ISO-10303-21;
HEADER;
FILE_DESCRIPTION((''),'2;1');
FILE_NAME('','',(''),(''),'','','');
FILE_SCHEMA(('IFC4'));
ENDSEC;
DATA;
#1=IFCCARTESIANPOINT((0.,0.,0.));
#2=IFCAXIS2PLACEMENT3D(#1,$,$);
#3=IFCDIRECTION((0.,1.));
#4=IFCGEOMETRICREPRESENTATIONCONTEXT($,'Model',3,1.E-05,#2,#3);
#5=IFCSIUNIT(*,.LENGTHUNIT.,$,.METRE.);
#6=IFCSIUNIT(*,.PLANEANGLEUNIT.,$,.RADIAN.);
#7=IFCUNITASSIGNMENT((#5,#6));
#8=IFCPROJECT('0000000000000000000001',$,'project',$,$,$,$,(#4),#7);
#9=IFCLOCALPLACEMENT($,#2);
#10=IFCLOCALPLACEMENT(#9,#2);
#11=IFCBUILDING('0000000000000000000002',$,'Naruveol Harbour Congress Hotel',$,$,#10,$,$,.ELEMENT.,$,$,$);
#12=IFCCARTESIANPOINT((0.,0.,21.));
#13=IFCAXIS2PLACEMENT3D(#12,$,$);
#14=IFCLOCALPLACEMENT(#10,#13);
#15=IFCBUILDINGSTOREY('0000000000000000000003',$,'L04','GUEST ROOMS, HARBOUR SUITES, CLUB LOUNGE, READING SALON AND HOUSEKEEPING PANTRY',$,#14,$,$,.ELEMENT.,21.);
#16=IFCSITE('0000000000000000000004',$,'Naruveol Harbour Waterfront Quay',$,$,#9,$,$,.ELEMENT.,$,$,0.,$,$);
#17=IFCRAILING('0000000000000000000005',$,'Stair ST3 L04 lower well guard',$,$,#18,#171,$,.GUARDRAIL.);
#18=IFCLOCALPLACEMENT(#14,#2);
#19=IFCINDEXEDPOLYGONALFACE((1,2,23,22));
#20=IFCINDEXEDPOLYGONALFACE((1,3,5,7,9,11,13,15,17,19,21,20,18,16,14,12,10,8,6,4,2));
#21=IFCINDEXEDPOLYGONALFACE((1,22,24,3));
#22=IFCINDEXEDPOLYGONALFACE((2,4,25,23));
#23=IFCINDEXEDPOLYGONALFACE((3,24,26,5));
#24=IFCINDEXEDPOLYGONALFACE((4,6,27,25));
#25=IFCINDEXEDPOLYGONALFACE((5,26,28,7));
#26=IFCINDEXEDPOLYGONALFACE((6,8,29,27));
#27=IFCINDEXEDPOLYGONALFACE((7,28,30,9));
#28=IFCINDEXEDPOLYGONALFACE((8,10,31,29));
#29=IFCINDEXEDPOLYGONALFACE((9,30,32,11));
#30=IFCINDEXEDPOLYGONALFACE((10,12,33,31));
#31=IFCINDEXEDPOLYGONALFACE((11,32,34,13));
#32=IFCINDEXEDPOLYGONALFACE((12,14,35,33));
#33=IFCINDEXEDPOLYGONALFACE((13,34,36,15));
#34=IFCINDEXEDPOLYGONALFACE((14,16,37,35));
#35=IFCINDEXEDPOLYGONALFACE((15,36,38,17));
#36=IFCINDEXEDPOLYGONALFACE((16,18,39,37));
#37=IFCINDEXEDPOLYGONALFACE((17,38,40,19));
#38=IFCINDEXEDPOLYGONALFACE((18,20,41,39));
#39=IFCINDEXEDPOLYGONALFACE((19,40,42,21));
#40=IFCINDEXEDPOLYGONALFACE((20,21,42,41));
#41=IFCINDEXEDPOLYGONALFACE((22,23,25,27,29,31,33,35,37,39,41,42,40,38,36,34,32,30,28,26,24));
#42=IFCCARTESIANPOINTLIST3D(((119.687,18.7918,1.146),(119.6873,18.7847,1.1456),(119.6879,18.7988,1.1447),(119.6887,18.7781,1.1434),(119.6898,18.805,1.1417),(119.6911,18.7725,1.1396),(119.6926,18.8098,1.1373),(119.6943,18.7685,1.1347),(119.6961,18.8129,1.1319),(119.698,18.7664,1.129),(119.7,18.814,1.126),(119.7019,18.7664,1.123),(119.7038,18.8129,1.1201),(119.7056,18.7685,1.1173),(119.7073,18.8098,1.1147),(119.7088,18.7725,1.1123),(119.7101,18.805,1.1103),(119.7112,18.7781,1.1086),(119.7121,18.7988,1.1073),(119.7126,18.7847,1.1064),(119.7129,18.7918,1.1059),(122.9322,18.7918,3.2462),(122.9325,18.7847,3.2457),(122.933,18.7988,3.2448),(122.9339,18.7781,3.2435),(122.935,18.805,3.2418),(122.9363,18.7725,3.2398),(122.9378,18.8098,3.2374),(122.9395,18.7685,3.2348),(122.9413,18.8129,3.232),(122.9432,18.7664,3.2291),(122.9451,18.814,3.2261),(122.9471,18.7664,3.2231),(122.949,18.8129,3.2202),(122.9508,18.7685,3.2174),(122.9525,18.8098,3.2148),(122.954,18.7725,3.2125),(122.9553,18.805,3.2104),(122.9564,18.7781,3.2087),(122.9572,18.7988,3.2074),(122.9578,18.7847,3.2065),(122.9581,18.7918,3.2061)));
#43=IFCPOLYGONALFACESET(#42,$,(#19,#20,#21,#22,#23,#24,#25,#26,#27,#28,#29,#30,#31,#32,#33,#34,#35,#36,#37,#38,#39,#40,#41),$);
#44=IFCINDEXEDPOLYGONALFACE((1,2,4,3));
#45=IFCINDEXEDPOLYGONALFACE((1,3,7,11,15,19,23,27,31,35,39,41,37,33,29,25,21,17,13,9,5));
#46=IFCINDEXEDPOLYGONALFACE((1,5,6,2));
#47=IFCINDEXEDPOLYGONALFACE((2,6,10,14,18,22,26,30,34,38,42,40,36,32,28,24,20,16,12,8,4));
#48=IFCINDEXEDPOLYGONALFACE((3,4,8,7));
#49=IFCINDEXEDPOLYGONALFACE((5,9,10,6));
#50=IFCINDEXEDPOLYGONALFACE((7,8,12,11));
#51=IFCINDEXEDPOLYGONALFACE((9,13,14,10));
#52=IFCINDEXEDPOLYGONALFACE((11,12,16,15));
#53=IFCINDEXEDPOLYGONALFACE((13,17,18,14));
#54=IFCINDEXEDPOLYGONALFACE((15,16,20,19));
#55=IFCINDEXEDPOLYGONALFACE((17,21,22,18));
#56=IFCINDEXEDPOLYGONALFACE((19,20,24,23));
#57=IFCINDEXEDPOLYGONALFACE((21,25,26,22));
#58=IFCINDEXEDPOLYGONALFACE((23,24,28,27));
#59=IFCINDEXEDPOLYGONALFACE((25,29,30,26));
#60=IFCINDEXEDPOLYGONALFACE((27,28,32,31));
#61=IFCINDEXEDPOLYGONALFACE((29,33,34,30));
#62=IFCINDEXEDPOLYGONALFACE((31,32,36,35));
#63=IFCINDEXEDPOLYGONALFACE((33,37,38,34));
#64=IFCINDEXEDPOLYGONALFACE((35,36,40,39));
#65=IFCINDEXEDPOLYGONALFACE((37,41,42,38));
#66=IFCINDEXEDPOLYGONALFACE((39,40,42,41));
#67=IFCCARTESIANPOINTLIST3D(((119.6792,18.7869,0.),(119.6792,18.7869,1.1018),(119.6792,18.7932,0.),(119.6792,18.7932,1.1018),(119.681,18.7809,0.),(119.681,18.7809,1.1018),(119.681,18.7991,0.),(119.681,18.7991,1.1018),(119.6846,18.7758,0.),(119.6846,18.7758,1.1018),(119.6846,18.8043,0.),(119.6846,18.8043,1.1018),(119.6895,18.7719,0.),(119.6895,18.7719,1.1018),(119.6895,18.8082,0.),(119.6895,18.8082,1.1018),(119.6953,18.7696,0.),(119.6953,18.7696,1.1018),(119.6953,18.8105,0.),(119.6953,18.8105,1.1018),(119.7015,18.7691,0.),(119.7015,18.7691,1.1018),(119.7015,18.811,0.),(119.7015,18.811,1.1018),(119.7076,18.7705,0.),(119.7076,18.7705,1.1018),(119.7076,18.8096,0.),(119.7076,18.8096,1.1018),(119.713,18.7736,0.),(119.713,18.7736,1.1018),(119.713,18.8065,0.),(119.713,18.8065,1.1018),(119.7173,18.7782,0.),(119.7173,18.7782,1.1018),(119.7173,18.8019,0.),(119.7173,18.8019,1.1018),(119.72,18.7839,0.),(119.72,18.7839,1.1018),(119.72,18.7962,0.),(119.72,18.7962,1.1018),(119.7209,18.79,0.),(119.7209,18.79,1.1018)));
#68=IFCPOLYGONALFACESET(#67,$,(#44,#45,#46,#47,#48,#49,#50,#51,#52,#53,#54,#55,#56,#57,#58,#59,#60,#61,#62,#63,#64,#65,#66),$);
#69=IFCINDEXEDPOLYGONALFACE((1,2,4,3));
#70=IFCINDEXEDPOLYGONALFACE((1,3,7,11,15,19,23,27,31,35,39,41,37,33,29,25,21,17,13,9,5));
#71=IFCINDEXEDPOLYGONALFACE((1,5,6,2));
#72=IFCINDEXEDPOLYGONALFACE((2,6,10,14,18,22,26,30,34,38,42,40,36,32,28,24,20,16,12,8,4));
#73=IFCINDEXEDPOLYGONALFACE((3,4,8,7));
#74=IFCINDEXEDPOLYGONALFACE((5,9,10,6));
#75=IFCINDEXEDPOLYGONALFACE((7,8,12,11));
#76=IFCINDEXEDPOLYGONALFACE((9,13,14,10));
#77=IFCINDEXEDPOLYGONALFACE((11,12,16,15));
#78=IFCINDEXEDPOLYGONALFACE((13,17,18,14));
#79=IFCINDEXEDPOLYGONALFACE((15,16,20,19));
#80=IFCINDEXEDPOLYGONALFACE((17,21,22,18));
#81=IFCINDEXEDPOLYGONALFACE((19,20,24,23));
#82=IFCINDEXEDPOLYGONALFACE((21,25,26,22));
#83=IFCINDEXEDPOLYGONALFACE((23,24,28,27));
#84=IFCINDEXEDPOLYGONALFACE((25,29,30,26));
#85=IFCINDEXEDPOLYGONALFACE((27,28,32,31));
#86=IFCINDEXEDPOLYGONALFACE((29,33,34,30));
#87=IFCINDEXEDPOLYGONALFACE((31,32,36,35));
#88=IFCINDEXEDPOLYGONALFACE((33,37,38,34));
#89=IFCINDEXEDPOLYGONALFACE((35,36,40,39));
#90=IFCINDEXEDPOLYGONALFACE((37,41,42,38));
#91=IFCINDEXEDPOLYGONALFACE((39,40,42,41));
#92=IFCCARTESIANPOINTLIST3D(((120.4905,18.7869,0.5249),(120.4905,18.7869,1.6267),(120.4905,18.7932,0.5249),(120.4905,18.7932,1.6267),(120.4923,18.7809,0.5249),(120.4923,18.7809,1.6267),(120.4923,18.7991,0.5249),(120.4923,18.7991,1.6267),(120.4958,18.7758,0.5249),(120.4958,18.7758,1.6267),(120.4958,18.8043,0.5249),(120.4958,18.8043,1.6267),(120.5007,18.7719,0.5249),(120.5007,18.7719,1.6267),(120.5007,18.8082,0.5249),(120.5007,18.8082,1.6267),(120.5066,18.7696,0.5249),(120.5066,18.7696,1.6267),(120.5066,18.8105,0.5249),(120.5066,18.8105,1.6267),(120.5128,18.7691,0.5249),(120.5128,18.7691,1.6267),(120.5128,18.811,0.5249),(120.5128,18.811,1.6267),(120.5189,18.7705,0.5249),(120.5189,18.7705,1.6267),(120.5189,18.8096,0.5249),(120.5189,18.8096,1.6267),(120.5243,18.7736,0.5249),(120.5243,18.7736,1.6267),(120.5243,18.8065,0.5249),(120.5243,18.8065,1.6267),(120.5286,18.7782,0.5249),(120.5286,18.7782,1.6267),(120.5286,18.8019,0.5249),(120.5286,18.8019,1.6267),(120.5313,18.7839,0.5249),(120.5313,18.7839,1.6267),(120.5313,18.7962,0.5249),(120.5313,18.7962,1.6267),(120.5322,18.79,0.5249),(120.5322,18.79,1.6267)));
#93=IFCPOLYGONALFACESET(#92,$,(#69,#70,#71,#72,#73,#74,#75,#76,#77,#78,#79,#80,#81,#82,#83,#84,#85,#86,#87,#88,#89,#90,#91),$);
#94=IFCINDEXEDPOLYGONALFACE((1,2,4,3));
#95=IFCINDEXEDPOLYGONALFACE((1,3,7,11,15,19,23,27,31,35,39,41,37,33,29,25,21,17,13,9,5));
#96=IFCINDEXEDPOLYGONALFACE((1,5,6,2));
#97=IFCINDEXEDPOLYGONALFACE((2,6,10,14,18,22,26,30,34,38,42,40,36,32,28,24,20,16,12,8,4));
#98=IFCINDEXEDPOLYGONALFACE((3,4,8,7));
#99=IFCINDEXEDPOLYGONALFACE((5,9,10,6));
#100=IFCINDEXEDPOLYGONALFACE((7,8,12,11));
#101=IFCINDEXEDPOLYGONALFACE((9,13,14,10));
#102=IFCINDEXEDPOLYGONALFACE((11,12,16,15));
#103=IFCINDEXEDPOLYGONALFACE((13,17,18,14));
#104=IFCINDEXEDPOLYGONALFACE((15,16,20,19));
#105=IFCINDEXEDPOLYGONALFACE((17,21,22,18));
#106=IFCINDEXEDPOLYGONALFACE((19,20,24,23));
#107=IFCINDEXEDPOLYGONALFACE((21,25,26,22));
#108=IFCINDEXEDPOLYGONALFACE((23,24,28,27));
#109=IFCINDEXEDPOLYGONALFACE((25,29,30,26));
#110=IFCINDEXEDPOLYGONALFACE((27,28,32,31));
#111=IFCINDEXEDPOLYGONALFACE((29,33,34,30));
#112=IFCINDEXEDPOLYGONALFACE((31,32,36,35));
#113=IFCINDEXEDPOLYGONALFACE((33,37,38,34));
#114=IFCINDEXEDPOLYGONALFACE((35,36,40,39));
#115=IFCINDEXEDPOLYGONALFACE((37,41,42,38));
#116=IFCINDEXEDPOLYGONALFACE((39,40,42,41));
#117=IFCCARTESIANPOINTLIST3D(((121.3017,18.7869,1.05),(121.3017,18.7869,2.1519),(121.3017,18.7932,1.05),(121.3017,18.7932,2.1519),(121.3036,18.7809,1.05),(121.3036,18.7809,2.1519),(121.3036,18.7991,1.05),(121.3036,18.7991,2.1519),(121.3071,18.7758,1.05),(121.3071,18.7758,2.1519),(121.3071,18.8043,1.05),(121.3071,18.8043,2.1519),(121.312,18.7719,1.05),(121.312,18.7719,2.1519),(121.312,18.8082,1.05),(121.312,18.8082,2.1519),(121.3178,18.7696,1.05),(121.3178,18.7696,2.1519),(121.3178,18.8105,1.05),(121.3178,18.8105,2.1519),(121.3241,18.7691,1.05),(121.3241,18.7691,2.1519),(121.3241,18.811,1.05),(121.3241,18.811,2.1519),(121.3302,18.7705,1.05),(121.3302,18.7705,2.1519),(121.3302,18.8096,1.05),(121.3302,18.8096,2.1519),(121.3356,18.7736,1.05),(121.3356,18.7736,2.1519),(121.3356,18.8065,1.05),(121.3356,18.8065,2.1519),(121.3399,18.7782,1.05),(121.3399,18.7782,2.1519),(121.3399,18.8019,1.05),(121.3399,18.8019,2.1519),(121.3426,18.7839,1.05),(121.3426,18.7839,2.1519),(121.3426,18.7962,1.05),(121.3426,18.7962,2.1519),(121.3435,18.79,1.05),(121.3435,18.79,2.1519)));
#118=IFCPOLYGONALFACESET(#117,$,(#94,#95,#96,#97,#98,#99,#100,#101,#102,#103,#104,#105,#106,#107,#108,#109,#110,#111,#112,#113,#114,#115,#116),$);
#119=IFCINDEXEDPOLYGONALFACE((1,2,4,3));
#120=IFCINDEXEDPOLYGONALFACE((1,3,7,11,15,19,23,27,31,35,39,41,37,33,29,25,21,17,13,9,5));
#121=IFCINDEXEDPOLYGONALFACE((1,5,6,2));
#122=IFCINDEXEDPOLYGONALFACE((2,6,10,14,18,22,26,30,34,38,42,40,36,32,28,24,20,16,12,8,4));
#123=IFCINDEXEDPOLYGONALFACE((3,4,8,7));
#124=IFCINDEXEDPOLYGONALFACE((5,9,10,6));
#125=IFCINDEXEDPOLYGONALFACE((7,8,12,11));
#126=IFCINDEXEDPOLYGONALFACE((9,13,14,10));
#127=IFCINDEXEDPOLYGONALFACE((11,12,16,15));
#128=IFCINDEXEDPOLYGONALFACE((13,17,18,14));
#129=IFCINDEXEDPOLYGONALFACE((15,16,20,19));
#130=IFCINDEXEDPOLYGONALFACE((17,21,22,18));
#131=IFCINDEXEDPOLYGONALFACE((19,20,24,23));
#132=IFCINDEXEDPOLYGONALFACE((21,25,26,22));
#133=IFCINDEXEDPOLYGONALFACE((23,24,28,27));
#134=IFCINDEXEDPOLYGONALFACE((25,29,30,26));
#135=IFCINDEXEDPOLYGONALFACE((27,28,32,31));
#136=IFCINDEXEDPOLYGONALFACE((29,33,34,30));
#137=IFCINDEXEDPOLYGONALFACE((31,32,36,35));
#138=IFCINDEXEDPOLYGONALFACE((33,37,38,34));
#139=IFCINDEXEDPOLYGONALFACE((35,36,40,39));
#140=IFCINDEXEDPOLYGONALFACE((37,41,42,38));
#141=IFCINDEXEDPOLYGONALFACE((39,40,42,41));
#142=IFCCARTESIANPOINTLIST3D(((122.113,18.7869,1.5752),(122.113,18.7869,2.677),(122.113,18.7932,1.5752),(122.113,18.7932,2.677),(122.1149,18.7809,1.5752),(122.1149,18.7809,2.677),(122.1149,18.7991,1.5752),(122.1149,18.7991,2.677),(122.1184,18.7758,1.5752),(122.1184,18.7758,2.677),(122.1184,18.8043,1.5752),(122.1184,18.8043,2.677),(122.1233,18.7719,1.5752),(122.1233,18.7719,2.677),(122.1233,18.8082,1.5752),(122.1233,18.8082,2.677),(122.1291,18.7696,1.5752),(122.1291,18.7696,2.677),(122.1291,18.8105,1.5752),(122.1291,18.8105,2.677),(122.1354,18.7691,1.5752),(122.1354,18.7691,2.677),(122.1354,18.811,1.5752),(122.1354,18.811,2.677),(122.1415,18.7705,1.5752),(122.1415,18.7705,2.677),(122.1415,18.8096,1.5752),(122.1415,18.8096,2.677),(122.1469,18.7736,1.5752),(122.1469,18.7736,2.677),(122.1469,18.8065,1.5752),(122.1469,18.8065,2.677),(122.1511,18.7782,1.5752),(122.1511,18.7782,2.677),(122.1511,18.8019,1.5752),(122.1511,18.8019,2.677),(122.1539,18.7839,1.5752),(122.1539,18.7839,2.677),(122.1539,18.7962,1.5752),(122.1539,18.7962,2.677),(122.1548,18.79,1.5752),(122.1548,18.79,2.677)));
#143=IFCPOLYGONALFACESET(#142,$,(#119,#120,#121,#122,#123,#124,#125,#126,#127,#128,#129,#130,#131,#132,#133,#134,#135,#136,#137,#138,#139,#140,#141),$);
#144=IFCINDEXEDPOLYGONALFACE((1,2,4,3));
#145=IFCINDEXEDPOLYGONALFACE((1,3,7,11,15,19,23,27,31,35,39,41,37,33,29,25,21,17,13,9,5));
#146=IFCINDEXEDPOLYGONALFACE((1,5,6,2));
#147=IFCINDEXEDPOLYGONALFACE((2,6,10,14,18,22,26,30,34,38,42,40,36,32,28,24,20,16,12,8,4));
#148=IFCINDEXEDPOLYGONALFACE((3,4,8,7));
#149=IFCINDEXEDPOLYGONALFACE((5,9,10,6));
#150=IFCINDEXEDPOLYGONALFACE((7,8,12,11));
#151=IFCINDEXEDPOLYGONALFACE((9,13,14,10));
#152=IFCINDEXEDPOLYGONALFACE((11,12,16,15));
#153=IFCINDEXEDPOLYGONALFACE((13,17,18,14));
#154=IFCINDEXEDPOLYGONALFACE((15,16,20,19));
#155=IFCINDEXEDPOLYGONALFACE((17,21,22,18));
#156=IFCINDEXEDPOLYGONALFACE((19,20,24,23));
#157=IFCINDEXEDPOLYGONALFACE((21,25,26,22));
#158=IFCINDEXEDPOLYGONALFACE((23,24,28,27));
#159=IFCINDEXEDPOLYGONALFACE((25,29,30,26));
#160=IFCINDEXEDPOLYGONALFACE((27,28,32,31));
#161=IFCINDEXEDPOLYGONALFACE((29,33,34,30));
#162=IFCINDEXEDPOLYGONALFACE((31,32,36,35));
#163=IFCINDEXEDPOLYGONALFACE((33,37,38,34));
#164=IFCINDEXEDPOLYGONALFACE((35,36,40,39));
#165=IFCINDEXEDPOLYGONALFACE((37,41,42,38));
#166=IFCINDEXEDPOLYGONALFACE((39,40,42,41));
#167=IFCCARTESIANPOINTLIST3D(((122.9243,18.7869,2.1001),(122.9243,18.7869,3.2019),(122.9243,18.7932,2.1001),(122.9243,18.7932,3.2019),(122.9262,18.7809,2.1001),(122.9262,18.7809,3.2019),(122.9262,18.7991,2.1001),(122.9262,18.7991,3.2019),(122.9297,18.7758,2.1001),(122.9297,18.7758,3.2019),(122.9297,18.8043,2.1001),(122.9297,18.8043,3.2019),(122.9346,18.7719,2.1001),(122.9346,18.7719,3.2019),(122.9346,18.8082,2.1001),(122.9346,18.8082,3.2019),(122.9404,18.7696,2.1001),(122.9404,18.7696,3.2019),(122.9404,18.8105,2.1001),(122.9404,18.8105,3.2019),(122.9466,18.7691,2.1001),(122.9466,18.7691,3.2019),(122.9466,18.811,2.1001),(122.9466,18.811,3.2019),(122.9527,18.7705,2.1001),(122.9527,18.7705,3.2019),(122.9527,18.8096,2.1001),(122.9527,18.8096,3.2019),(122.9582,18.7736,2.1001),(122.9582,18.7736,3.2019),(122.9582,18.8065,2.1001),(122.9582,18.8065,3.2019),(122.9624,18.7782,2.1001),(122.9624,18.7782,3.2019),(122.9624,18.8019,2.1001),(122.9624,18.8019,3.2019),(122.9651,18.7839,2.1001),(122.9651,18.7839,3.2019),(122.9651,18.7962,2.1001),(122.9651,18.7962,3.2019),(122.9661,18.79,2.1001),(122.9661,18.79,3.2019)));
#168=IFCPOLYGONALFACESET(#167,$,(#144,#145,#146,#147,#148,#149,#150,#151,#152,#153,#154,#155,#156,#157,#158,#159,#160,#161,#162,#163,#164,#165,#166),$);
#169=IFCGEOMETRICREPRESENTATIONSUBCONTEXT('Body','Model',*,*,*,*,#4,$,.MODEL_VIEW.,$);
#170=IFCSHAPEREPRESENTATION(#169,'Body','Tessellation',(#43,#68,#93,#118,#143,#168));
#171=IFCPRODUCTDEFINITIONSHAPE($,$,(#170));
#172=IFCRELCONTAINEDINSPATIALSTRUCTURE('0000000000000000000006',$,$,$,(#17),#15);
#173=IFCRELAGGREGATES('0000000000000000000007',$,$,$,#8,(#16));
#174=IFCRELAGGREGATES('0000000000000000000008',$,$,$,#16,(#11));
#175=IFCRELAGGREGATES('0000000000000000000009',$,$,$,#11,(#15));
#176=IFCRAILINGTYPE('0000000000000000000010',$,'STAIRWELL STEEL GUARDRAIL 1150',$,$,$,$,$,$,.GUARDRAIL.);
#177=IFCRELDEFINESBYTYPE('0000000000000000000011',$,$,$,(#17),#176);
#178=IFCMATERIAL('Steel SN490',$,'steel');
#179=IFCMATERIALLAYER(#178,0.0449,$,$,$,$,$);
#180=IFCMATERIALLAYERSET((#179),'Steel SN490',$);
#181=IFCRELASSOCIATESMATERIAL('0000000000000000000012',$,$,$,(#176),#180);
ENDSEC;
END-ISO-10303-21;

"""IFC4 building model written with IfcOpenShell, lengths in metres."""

from ifc_helpers import new_model, si_unit, direction, frame, origin, origin_2d, place, context, subcontext, project, spatial, circle, extrude, material, layer, layer_set, type_object, element, save


model = new_model("IFC4")

# Units and contexts
model_context = context("Model", 3, precision=1e-05, world=origin(), true_north=direction((0.0, 1.0)))
body_context = subcontext(model_context, "Body", "Model", "MODEL_VIEW")
ifc_project = project(units=[si_unit("LENGTHUNIT", "METRE"), si_unit("PLANEANGLEUNIT", "RADIAN")], contexts=[model_context])

# Site, building, storey
site_placement = place(None, origin())
site = spatial("IfcSite", under=ifc_project, at=site_placement, Name="Naruveol Harbour Waterfront Quay", CompositionType="ELEMENT", RefElevation=0.0)
building_placement = place(site_placement, origin())
building = spatial("IfcBuilding", under=site, at=building_placement, Name="Naruveol Harbour Congress Hotel", CompositionType="ELEMENT")
storey_placement = place(building_placement, frame((0.0, 0.0, 21.0)))
storey = spatial("IfcBuildingStorey", under=building, at=storey_placement, Name="L04", Description="GUEST ROOMS, HARBOUR SUITES, CLUB LOUNGE, READING SALON AND HOUSEKEEPING PANTRY", CompositionType="ELEMENT", Elevation=21.0)

# Railing
ifc_material_1 = material(Name="Steel SN490", Category="steel")
ifc_layer_1 = layer(ifc_material_1, 0.0449)
ifc_layer_set_1 = layer_set([ifc_layer_1], Name="Steel SN490")
railing_type_1 = type_object("IfcRailingType", Name="STAIRWELL STEEL GUARDRAIL 1150", PredefinedType="GUARDRAIL", material=ifc_layer_set_1)
railing_1_placement = place(storey_placement, frame((119.7, 18.79, 0.0)))
element("IfcRailing", 1, at=railing_1_placement, inside=storey, type_object=railing_type_1, Name="Stair ST3 L04 lower well guard", PredefinedType="GUARDRAIL", context=body_context, shape_type="SweptSolid", body=[
    extrude(circle(Radius=0.0239, at=origin_2d()), frame((0.0, 0.0, 1.126), z_axis=(0.839533, 0.0, 0.543309), x_axis=(0.0, 1.0, 0.0)), (0.0, 0.0, 1.0), 3.8655),
    extrude(circle(Radius=0.021, at=origin_2d()), origin(), (0.0, 0.0, 1.0), 1.1018),
    extrude(circle(Radius=0.021, at=origin_2d()), frame((0.8113, 0.0, 0.5249)), (0.0, 0.0, 1.0), 1.1018),
    extrude(circle(Radius=0.021, at=origin_2d()), frame((1.6226, 0.0, 1.05)), (0.0, 0.0, 1.0), 1.1018),
    extrude(circle(Radius=0.021, at=origin_2d()), frame((2.4338, 0.0, 1.5752)), (0.0, 0.0, 1.0), 1.1018),
    extrude(circle(Radius=0.021, at=origin_2d()), frame((3.2451, 0.0, 2.1001)), (0.0, 0.0, 1.0), 1.1018),
])

save(model, "model.ifc")
